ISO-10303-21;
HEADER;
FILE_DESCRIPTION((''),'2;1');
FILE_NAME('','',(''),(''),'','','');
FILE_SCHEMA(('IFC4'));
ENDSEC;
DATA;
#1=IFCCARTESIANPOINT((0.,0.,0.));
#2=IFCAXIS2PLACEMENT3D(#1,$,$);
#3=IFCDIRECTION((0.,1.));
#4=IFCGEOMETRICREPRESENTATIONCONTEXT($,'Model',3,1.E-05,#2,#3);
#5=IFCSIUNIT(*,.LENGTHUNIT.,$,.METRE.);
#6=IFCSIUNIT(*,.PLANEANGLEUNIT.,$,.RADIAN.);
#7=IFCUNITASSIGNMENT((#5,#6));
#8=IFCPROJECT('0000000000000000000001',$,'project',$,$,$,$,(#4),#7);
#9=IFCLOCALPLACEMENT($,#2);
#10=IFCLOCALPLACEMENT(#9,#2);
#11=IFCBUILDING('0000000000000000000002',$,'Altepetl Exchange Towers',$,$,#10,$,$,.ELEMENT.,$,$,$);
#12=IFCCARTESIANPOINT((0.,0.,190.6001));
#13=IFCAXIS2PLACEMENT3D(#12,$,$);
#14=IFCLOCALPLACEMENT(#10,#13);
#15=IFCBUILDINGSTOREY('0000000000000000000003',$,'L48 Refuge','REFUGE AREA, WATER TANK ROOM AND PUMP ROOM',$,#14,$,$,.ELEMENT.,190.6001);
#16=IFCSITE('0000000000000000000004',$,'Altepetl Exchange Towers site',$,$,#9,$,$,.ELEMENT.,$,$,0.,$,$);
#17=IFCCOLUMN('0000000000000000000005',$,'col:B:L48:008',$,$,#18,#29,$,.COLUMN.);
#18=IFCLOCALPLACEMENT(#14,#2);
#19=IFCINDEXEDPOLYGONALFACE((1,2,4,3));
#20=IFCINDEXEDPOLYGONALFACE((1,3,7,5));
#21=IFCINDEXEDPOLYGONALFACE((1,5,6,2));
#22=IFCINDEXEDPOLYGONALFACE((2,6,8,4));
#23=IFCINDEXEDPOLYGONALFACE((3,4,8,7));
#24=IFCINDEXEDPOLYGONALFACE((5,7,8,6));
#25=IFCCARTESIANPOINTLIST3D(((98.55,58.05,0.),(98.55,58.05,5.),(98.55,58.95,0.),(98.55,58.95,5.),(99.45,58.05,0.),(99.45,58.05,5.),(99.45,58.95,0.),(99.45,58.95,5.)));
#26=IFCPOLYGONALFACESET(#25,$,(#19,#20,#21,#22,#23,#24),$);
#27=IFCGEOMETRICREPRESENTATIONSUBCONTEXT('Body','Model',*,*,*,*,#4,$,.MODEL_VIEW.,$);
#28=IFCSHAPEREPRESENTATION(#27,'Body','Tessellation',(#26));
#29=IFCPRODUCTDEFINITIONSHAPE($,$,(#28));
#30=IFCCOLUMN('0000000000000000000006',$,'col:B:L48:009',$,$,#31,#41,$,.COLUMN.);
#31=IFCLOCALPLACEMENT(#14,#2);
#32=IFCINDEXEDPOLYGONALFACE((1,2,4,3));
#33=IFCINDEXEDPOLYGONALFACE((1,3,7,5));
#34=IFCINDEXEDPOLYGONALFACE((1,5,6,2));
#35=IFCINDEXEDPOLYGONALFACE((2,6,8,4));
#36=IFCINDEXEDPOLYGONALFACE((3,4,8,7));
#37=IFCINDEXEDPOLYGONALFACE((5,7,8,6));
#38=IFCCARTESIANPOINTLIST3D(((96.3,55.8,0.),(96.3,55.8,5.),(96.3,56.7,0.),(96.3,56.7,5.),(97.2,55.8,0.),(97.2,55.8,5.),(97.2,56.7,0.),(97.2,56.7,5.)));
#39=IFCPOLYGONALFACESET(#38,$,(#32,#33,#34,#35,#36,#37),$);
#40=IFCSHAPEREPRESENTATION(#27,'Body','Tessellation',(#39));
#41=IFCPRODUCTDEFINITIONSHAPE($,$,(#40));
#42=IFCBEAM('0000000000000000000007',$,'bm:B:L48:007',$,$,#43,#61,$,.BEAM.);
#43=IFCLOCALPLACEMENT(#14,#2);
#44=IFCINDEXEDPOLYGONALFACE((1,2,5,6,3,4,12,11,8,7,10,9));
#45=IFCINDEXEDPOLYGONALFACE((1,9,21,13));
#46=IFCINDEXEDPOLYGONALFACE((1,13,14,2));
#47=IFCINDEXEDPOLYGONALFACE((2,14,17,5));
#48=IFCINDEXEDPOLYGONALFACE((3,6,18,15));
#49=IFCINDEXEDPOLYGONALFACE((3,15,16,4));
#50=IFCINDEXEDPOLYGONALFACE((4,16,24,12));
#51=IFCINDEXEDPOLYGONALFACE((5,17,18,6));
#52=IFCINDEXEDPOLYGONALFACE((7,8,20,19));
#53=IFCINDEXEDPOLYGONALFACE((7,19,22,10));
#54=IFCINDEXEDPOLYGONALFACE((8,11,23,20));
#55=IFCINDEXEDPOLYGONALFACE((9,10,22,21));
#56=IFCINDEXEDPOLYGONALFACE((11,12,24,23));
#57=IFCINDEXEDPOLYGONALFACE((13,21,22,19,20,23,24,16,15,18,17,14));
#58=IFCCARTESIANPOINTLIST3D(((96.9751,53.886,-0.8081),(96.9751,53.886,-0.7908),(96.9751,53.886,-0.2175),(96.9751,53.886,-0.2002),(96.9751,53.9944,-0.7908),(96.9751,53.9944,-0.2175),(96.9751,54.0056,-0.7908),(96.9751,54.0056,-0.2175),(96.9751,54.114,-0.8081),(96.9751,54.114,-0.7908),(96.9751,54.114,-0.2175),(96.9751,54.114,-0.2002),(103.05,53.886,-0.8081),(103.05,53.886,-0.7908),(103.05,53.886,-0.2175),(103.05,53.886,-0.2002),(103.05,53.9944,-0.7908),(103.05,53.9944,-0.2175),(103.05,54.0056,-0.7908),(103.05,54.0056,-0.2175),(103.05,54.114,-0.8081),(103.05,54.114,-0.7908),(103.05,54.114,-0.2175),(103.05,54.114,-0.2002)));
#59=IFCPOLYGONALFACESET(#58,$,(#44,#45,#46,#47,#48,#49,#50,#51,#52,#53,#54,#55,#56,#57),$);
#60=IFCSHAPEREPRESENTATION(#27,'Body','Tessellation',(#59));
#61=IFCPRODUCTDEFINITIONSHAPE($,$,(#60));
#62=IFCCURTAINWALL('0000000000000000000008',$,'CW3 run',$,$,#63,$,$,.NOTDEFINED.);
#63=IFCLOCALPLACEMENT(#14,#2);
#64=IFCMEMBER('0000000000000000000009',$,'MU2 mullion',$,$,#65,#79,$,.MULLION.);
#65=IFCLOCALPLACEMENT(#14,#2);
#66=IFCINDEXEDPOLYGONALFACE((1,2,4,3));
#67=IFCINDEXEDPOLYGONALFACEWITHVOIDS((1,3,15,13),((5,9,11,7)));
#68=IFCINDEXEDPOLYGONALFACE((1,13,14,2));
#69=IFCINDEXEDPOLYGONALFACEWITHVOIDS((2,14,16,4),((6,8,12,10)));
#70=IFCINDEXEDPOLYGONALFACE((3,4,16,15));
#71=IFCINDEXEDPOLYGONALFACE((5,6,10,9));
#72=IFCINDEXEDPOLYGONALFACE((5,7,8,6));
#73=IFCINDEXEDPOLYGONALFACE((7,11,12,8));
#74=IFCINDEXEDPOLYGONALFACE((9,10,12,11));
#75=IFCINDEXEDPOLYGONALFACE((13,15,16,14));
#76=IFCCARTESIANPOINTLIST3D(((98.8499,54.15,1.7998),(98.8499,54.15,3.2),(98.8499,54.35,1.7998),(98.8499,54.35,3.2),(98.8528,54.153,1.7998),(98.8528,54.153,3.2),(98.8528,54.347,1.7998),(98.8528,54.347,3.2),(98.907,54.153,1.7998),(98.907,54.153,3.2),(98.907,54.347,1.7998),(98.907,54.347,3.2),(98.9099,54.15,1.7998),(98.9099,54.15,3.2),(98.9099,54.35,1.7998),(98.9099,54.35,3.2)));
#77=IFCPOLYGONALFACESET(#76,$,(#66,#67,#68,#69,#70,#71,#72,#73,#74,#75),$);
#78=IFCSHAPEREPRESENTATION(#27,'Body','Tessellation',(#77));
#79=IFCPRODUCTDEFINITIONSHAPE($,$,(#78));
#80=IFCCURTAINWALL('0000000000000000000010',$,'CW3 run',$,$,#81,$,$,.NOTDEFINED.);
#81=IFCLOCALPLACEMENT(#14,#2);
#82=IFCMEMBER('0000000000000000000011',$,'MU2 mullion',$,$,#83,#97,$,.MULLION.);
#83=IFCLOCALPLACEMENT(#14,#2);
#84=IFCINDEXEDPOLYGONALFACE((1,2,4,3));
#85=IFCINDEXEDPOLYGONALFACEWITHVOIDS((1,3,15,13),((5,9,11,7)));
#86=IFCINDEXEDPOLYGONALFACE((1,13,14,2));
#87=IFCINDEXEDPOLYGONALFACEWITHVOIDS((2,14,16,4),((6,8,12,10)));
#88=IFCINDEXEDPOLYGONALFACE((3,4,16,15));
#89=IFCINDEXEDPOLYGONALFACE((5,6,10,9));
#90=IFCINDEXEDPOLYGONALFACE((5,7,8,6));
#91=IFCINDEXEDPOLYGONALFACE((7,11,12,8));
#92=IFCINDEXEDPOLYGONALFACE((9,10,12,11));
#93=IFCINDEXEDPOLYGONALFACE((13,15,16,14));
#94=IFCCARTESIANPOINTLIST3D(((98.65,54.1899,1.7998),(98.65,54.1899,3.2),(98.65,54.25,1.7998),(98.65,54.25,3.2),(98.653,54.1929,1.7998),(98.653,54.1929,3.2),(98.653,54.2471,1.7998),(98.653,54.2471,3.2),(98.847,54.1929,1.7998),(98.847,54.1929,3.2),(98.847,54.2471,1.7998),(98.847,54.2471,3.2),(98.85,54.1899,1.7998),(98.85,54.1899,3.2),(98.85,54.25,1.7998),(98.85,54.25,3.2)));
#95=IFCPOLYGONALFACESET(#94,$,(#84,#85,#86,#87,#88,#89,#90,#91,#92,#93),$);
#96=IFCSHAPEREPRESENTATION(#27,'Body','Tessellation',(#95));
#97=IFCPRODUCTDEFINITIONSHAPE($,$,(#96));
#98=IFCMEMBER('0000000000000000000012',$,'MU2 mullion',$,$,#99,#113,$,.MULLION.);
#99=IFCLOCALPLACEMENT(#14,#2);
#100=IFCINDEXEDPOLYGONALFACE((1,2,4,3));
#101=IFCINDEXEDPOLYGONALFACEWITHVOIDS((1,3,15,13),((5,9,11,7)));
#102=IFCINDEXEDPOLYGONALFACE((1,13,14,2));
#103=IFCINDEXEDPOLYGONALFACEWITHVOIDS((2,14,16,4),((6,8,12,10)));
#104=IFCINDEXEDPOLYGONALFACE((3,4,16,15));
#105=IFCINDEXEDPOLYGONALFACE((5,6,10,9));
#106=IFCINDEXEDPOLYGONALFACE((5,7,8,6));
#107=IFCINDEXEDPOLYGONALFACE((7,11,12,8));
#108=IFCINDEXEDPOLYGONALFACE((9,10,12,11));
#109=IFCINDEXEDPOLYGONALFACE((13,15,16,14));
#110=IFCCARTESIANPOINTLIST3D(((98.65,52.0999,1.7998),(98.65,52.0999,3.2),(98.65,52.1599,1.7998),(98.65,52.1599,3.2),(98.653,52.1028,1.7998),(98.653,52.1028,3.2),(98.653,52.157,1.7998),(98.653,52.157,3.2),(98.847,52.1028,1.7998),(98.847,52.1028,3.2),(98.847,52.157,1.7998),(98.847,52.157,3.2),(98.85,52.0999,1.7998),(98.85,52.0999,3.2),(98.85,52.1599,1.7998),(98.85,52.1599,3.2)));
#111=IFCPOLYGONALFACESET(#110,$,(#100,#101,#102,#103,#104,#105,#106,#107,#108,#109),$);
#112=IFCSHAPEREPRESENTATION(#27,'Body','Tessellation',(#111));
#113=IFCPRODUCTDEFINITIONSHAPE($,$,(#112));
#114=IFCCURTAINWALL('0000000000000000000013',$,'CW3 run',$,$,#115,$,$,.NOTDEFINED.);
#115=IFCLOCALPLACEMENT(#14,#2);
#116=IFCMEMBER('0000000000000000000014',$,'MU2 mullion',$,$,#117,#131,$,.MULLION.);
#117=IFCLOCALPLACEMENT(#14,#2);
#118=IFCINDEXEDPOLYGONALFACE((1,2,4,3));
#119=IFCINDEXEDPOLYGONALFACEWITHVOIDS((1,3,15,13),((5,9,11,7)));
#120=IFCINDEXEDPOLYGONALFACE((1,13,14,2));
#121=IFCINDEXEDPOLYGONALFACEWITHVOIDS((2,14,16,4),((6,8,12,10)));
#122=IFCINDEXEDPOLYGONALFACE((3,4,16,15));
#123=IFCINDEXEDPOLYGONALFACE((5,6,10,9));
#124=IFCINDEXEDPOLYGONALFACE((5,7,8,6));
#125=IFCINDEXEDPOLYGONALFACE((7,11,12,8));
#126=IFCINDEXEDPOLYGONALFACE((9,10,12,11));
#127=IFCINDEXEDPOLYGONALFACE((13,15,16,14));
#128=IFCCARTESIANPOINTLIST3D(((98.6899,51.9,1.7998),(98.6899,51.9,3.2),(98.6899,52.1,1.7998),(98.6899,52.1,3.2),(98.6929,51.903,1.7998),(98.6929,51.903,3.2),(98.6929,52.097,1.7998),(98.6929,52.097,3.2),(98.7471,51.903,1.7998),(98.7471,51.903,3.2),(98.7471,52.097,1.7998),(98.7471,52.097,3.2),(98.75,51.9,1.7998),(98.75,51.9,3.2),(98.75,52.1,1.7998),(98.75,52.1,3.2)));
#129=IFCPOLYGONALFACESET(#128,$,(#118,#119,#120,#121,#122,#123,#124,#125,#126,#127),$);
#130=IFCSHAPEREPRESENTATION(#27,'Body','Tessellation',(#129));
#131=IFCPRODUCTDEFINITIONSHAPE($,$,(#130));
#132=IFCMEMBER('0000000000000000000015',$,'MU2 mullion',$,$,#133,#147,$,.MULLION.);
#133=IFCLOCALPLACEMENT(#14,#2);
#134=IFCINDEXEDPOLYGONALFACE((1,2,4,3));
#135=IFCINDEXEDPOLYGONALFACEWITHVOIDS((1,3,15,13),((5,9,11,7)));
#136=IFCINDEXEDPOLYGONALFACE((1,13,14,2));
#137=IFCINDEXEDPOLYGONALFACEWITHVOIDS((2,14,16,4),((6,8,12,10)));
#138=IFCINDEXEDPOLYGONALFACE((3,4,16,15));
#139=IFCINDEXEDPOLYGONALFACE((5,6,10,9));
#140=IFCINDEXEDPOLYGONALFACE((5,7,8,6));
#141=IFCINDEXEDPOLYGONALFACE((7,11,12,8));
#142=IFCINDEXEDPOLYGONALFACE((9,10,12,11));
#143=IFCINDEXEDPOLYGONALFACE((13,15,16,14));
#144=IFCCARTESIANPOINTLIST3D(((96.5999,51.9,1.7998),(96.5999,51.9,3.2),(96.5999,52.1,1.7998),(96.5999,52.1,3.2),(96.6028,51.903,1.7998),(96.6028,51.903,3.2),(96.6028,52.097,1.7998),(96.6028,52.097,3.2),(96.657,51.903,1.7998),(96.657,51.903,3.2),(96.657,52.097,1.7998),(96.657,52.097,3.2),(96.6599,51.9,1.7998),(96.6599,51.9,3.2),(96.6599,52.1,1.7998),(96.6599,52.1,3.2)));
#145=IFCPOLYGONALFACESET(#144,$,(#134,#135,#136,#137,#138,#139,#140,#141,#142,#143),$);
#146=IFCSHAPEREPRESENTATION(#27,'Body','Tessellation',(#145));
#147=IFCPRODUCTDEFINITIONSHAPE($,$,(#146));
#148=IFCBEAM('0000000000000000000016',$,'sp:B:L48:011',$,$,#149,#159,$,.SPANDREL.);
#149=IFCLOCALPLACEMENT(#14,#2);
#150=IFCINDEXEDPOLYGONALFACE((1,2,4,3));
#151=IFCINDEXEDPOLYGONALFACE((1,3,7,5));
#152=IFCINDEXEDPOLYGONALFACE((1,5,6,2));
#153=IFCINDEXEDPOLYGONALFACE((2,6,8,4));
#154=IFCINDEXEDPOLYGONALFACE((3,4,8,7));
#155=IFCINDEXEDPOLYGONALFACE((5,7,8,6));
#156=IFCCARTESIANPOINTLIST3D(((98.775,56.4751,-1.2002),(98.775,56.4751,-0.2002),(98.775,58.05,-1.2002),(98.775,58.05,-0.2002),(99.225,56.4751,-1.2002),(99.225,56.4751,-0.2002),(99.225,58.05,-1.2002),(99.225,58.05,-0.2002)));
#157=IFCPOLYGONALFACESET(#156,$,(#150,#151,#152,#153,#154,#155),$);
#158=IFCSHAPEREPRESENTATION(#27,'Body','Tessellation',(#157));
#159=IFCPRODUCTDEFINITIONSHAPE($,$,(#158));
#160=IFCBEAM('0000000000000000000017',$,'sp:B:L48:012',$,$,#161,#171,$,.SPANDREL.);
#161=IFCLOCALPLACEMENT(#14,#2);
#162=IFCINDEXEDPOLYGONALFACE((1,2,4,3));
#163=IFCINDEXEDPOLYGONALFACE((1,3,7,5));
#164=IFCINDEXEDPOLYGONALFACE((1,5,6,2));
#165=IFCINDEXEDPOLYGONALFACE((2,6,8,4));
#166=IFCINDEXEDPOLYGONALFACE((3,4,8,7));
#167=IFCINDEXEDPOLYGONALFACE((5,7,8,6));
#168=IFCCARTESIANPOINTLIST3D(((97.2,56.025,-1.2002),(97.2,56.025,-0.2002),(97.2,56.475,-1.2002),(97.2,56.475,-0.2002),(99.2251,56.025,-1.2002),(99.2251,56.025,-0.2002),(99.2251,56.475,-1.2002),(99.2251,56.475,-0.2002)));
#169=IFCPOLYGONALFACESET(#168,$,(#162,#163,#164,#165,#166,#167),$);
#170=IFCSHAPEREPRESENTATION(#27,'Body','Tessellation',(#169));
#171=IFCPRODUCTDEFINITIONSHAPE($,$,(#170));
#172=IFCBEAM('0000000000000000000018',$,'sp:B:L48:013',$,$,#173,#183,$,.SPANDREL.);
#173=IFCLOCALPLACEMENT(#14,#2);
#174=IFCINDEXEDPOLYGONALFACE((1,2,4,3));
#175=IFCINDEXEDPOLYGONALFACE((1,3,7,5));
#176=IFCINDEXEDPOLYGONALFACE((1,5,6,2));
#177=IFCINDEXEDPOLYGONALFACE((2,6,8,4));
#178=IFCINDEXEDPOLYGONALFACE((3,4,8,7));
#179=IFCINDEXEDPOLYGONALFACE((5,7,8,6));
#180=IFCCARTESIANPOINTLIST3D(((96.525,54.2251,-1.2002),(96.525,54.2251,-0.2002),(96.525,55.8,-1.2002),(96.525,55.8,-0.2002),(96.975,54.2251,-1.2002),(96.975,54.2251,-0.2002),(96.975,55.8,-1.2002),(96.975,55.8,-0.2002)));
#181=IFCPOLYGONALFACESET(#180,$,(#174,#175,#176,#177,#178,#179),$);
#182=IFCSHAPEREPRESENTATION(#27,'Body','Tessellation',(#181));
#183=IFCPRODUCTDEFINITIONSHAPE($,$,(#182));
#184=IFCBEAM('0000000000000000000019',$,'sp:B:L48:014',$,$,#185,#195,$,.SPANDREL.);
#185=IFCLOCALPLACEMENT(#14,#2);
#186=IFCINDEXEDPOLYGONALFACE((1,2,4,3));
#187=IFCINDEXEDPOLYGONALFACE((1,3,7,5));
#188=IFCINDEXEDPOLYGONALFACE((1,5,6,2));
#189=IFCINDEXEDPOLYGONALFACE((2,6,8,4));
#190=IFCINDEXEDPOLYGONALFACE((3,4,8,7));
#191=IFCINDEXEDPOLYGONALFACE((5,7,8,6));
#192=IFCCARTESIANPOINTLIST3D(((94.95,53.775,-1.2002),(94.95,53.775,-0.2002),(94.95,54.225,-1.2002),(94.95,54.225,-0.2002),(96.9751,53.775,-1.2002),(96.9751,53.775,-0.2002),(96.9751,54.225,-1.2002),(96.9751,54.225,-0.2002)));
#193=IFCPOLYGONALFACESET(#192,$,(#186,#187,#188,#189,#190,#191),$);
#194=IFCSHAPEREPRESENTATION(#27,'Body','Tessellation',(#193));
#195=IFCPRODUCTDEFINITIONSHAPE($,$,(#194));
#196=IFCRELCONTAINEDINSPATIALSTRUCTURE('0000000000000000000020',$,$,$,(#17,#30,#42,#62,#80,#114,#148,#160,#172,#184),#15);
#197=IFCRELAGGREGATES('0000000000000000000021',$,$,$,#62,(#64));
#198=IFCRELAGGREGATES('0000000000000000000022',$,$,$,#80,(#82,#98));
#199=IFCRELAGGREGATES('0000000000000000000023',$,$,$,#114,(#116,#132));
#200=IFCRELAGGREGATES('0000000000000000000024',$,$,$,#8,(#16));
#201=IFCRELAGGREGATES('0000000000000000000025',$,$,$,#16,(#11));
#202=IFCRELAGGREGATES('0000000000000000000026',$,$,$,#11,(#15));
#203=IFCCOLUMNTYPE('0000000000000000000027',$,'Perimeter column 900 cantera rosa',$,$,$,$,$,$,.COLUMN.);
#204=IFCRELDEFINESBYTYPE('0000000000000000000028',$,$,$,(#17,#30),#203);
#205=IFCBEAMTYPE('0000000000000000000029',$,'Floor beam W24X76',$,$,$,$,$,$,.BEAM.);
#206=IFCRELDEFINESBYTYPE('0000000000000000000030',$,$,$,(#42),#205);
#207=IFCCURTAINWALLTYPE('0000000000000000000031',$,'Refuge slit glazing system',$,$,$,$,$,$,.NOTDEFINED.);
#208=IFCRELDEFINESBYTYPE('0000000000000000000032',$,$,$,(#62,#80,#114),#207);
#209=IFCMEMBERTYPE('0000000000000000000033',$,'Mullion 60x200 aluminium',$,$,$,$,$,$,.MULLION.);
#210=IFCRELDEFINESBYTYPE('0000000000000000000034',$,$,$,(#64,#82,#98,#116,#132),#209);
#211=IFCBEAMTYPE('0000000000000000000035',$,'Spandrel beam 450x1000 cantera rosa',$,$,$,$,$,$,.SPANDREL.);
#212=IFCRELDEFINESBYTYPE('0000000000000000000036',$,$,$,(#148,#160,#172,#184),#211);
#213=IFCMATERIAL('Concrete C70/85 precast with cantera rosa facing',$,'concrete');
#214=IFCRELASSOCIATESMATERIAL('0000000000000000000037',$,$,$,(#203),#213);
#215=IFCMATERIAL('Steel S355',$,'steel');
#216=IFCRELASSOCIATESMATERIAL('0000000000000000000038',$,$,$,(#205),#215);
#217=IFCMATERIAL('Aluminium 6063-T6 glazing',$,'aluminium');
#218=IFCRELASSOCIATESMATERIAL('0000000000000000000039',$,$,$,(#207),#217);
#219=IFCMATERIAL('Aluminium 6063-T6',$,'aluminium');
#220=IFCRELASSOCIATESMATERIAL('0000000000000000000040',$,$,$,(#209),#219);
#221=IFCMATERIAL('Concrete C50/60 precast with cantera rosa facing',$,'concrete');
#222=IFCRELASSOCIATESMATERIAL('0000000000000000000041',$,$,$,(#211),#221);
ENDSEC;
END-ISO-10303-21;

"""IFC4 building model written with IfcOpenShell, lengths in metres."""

from ifc_helpers import new_model, si_unit, direction, frame, origin, origin_2d, place, context, subcontext, project, spatial, rectangle, hollow_rectangle, i_section, extrude, material, material_profile, profile_set, type_object, element, aggregate, save


model = new_model("IFC4")

# Units and contexts
model_context = context("Model", 3, precision=1e-05, world=origin(), true_north=direction((0.0, 1.0)))
body_context = subcontext(model_context, "Body", "Model", "MODEL_VIEW")
ifc_project = project(units=[si_unit("LENGTHUNIT", "METRE"), si_unit("PLANEANGLEUNIT", "RADIAN")], contexts=[model_context])

# Site, building, storey
site_placement = place(None, origin())
site = spatial("IfcSite", under=ifc_project, at=site_placement, Name="Altepetl Exchange Towers site", CompositionType="ELEMENT", RefElevation=0.0)
building_placement = place(site_placement, origin())
building = spatial("IfcBuilding", under=site, at=building_placement, Name="Altepetl Exchange Towers", CompositionType="ELEMENT")
storey_placement = place(building_placement, frame((0.0, 0.0, 190.6001)))
storey = spatial("IfcBuildingStorey", under=building, at=storey_placement, Name="L48 Refuge", Description="REFUGE AREA, WATER TANK ROOM AND PUMP ROOM", CompositionType="ELEMENT", Elevation=190.6001)

# Columns
ifc_material_1 = material(Name="Concrete C70/85 precast with cantera rosa facing", Category="concrete")
ifc_material_profile_1 = material_profile(ifc_material_1, rectangle(XDim=0.8999, YDim=0.8999, at=origin_2d()), Name="900 x 900")
ifc_profile_set_1 = profile_set([ifc_material_profile_1], Name="Concrete C70/85 precast with cantera rosa facing")
column_type = type_object("IfcColumnType", Name="Perimeter column 900 cantera rosa", PredefinedType="COLUMN", material=ifc_profile_set_1)
for number, where, name in (
    (1, (99.0, 58.5, 0.0), "col:B:L48:008"),
    (2, (96.75, 56.25, 0.0), "col:B:L48:009"),
):
    element("IfcColumn", number, at=place(storey_placement, frame(where)), inside=storey, type_object=column_type, Name=name, PredefinedType="COLUMN", context=body_context, shape_type="SweptSolid", body=[
        extrude(rectangle(XDim=0.8999, YDim=0.8999, at=origin_2d()), origin(), (0.0, 0.0, 1.0), 5.0),
    ])

# Beam
ifc_material_2 = material(Name="Steel S355", Category="steel")
ifc_material_profile_2 = material_profile(ifc_material_2, i_section(OverallWidth=0.228, OverallDepth=0.6079, WebThickness=0.0112, FlangeThickness=0.0173, at=origin_2d()), Name="W24X76")
ifc_profile_set_2 = profile_set([ifc_material_profile_2], Name="Steel S355")
beam_type_1 = type_object("IfcBeamType", Name="Floor beam W24X76", PredefinedType="BEAM", material=ifc_profile_set_2)
beam_1_placement = place(storey_placement, frame((96.9751, 54.0, -0.5042), z_axis=(1.0, 0.0, 0.0), x_axis=(0.0, 1.0, 0.0)))
element("IfcBeam", 3, at=beam_1_placement, inside=storey, type_object=beam_type_1, Name="bm:B:L48:007", PredefinedType="BEAM", context=body_context, shape_type="SweptSolid", body=[
    extrude(i_section(OverallWidth=0.228, OverallDepth=0.6079, WebThickness=0.0112, FlangeThickness=0.0173, at=origin_2d()), origin(), (0.0, 0.0, 1.0), 6.075),
])

# Curtain wall, member
ifc_material_3 = material(Name="Aluminium 6063-T6 glazing", Category="aluminium")
curtain_wall_type = type_object("IfcCurtainWallType", Name="Refuge slit glazing system", PredefinedType="NOTDEFINED", material=ifc_material_3)
curtain_wall_1_placement = place(storey_placement, origin())
curtain_wall_1 = element("IfcCurtainWall", 4, at=curtain_wall_1_placement, inside=storey, type_object=curtain_wall_type, Name="CW3 run", PredefinedType="NOTDEFINED")
ifc_material_4 = material(Name="Aluminium 6063-T6", Category="aluminium")
ifc_material_profile_3 = material_profile(ifc_material_4, hollow_rectangle(XDim=0.0601, YDim=0.2, WallThickness=0.0029, at=origin_2d()), Name="Mullion 60x200 aluminium")
ifc_profile_set_3 = profile_set([ifc_material_profile_3], Name="Aluminium 6063-T6")
member_type = type_object("IfcMemberType", Name="Mullion 60x200 aluminium", PredefinedType="MULLION", material=ifc_profile_set_3)
member_1_placement = place(storey_placement, frame((98.8799, 54.25, 1.7998), z_axis=(0.0, 0.0, 1.0), x_axis=(-1.0, 0.0, 0.0)))
member_1 = element("IfcMember", 5, at=member_1_placement, type_object=member_type, Name="MU2 mullion", PredefinedType="MULLION", context=body_context, shape_type="SweptSolid", body=[
    extrude(hollow_rectangle(XDim=0.0601, YDim=0.2, WallThickness=0.0029, at=origin_2d()), origin(), (0.0, 0.0, 1.0), 1.4001),
])

# Curtain walls, members
curtain_wall_2_placement = place(storey_placement, origin())
curtain_wall_2 = element("IfcCurtainWall", 6, at=curtain_wall_2_placement, inside=storey, type_object=curtain_wall_type, Name="CW3 run", PredefinedType="NOTDEFINED")
member_2_placement = place(storey_placement, frame((98.75, 54.22, 1.7998), z_axis=(0.0, 0.0, 1.0), x_axis=(0.0, -1.0, 0.0)))
member_2 = element("IfcMember", 7, at=member_2_placement, type_object=member_type, Name="MU2 mullion", PredefinedType="MULLION", context=body_context, shape_type="SweptSolid", body=[
    extrude(hollow_rectangle(XDim=0.0601, YDim=0.2, WallThickness=0.0029, at=origin_2d()), origin(), (0.0, 0.0, 1.0), 1.4001),
])
member_3_placement = place(storey_placement, frame((98.75, 52.1299, 1.7998), z_axis=(0.0, 0.0, 1.0), x_axis=(0.0, -1.0, 0.0)))
member_3 = element("IfcMember", 8, at=member_3_placement, type_object=member_type, Name="MU2 mullion", PredefinedType="MULLION", context=body_context, shape_type="SweptSolid", body=[
    extrude(hollow_rectangle(XDim=0.0601, YDim=0.2, WallThickness=0.0029, at=origin_2d()), origin(), (0.0, 0.0, 1.0), 1.4001),
])
curtain_wall_3_placement = place(storey_placement, origin())
curtain_wall_3 = element("IfcCurtainWall", 9, at=curtain_wall_3_placement, inside=storey, type_object=curtain_wall_type, Name="CW3 run", PredefinedType="NOTDEFINED")
member_4_placement = place(storey_placement, frame((98.72, 52.0, 1.7998), z_axis=(0.0, 0.0, 1.0), x_axis=(-1.0, 0.0, 0.0)))
member_4 = element("IfcMember", 10, at=member_4_placement, type_object=member_type, Name="MU2 mullion", PredefinedType="MULLION", context=body_context, shape_type="SweptSolid", body=[
    extrude(hollow_rectangle(XDim=0.0601, YDim=0.2, WallThickness=0.0029, at=origin_2d()), origin(), (0.0, 0.0, 1.0), 1.4001),
])
member_5_placement = place(storey_placement, frame((96.6299, 52.0, 1.7998), z_axis=(0.0, 0.0, 1.0), x_axis=(-1.0, 0.0, 0.0)))
member_5 = element("IfcMember", 11, at=member_5_placement, type_object=member_type, Name="MU2 mullion", PredefinedType="MULLION", context=body_context, shape_type="SweptSolid", body=[
    extrude(hollow_rectangle(XDim=0.0601, YDim=0.2, WallThickness=0.0029, at=origin_2d()), origin(), (0.0, 0.0, 1.0), 1.4001),
])

# Beams
ifc_material_5 = material(Name="Concrete C50/60 precast with cantera rosa facing", Category="concrete")
ifc_material_profile_4 = material_profile(ifc_material_5, rectangle(XDim=0.45, YDim=1.0, at=origin_2d()), Name="450 x 1000")
ifc_profile_set_4 = profile_set([ifc_material_profile_4], Name="Concrete C50/60 precast with cantera rosa facing")
beam_type_2 = type_object("IfcBeamType", Name="Spandrel beam 450x1000 cantera rosa", PredefinedType="SPANDREL", material=ifc_profile_set_4)
beam_2_placement = place(storey_placement, frame((99.0, 58.05, -0.7002), z_axis=(0.0, -1.0, 0.0), x_axis=(1.0, 0.0, 0.0)))
element("IfcBeam", 12, at=beam_2_placement, inside=storey, type_object=beam_type_2, Name="sp:B:L48:011", PredefinedType="SPANDREL", context=body_context, shape_type="SweptSolid", body=[
    extrude(rectangle(XDim=0.45, YDim=1.0, at=origin_2d()), origin(), (0.0, 0.0, 1.0), 1.575),
])
beam_3_placement = place(storey_placement, frame((99.2251, 56.25, -0.7002), z_axis=(-1.0, 0.0, 0.0), x_axis=(0.0, -1.0, 0.0)))
element("IfcBeam", 13, at=beam_3_placement, inside=storey, type_object=beam_type_2, Name="sp:B:L48:012", PredefinedType="SPANDREL", context=body_context, shape_type="SweptSolid", body=[
    extrude(rectangle(XDim=0.45, YDim=1.0, at=origin_2d()), origin(), (0.0, 0.0, 1.0), 2.0251),
])
beam_4_placement = place(storey_placement, frame((96.75, 55.8, -0.7002), z_axis=(0.0, -1.0, 0.0), x_axis=(1.0, 0.0, 0.0)))
element("IfcBeam", 14, at=beam_4_placement, inside=storey, type_object=beam_type_2, Name="sp:B:L48:013", PredefinedType="SPANDREL", context=body_context, shape_type="SweptSolid", body=[
    extrude(rectangle(XDim=0.45, YDim=1.0, at=origin_2d()), origin(), (0.0, 0.0, 1.0), 1.575),
])
beam_5_placement = place(storey_placement, frame((96.9751, 54.0, -0.7002), z_axis=(-1.0, 0.0, 0.0), x_axis=(0.0, -1.0, 0.0)))
element("IfcBeam", 15, at=beam_5_placement, inside=storey, type_object=beam_type_2, Name="sp:B:L48:014", PredefinedType="SPANDREL", context=body_context, shape_type="SweptSolid", body=[
    extrude(rectangle(XDim=0.45, YDim=1.0, at=origin_2d()), origin(), (0.0, 0.0, 1.0), 2.0251),
])

aggregate(curtain_wall_1, [member_1])
aggregate(curtain_wall_2, [member_2, member_3])
aggregate(curtain_wall_3, [member_4, member_5])

save(model, "model.ifc")
